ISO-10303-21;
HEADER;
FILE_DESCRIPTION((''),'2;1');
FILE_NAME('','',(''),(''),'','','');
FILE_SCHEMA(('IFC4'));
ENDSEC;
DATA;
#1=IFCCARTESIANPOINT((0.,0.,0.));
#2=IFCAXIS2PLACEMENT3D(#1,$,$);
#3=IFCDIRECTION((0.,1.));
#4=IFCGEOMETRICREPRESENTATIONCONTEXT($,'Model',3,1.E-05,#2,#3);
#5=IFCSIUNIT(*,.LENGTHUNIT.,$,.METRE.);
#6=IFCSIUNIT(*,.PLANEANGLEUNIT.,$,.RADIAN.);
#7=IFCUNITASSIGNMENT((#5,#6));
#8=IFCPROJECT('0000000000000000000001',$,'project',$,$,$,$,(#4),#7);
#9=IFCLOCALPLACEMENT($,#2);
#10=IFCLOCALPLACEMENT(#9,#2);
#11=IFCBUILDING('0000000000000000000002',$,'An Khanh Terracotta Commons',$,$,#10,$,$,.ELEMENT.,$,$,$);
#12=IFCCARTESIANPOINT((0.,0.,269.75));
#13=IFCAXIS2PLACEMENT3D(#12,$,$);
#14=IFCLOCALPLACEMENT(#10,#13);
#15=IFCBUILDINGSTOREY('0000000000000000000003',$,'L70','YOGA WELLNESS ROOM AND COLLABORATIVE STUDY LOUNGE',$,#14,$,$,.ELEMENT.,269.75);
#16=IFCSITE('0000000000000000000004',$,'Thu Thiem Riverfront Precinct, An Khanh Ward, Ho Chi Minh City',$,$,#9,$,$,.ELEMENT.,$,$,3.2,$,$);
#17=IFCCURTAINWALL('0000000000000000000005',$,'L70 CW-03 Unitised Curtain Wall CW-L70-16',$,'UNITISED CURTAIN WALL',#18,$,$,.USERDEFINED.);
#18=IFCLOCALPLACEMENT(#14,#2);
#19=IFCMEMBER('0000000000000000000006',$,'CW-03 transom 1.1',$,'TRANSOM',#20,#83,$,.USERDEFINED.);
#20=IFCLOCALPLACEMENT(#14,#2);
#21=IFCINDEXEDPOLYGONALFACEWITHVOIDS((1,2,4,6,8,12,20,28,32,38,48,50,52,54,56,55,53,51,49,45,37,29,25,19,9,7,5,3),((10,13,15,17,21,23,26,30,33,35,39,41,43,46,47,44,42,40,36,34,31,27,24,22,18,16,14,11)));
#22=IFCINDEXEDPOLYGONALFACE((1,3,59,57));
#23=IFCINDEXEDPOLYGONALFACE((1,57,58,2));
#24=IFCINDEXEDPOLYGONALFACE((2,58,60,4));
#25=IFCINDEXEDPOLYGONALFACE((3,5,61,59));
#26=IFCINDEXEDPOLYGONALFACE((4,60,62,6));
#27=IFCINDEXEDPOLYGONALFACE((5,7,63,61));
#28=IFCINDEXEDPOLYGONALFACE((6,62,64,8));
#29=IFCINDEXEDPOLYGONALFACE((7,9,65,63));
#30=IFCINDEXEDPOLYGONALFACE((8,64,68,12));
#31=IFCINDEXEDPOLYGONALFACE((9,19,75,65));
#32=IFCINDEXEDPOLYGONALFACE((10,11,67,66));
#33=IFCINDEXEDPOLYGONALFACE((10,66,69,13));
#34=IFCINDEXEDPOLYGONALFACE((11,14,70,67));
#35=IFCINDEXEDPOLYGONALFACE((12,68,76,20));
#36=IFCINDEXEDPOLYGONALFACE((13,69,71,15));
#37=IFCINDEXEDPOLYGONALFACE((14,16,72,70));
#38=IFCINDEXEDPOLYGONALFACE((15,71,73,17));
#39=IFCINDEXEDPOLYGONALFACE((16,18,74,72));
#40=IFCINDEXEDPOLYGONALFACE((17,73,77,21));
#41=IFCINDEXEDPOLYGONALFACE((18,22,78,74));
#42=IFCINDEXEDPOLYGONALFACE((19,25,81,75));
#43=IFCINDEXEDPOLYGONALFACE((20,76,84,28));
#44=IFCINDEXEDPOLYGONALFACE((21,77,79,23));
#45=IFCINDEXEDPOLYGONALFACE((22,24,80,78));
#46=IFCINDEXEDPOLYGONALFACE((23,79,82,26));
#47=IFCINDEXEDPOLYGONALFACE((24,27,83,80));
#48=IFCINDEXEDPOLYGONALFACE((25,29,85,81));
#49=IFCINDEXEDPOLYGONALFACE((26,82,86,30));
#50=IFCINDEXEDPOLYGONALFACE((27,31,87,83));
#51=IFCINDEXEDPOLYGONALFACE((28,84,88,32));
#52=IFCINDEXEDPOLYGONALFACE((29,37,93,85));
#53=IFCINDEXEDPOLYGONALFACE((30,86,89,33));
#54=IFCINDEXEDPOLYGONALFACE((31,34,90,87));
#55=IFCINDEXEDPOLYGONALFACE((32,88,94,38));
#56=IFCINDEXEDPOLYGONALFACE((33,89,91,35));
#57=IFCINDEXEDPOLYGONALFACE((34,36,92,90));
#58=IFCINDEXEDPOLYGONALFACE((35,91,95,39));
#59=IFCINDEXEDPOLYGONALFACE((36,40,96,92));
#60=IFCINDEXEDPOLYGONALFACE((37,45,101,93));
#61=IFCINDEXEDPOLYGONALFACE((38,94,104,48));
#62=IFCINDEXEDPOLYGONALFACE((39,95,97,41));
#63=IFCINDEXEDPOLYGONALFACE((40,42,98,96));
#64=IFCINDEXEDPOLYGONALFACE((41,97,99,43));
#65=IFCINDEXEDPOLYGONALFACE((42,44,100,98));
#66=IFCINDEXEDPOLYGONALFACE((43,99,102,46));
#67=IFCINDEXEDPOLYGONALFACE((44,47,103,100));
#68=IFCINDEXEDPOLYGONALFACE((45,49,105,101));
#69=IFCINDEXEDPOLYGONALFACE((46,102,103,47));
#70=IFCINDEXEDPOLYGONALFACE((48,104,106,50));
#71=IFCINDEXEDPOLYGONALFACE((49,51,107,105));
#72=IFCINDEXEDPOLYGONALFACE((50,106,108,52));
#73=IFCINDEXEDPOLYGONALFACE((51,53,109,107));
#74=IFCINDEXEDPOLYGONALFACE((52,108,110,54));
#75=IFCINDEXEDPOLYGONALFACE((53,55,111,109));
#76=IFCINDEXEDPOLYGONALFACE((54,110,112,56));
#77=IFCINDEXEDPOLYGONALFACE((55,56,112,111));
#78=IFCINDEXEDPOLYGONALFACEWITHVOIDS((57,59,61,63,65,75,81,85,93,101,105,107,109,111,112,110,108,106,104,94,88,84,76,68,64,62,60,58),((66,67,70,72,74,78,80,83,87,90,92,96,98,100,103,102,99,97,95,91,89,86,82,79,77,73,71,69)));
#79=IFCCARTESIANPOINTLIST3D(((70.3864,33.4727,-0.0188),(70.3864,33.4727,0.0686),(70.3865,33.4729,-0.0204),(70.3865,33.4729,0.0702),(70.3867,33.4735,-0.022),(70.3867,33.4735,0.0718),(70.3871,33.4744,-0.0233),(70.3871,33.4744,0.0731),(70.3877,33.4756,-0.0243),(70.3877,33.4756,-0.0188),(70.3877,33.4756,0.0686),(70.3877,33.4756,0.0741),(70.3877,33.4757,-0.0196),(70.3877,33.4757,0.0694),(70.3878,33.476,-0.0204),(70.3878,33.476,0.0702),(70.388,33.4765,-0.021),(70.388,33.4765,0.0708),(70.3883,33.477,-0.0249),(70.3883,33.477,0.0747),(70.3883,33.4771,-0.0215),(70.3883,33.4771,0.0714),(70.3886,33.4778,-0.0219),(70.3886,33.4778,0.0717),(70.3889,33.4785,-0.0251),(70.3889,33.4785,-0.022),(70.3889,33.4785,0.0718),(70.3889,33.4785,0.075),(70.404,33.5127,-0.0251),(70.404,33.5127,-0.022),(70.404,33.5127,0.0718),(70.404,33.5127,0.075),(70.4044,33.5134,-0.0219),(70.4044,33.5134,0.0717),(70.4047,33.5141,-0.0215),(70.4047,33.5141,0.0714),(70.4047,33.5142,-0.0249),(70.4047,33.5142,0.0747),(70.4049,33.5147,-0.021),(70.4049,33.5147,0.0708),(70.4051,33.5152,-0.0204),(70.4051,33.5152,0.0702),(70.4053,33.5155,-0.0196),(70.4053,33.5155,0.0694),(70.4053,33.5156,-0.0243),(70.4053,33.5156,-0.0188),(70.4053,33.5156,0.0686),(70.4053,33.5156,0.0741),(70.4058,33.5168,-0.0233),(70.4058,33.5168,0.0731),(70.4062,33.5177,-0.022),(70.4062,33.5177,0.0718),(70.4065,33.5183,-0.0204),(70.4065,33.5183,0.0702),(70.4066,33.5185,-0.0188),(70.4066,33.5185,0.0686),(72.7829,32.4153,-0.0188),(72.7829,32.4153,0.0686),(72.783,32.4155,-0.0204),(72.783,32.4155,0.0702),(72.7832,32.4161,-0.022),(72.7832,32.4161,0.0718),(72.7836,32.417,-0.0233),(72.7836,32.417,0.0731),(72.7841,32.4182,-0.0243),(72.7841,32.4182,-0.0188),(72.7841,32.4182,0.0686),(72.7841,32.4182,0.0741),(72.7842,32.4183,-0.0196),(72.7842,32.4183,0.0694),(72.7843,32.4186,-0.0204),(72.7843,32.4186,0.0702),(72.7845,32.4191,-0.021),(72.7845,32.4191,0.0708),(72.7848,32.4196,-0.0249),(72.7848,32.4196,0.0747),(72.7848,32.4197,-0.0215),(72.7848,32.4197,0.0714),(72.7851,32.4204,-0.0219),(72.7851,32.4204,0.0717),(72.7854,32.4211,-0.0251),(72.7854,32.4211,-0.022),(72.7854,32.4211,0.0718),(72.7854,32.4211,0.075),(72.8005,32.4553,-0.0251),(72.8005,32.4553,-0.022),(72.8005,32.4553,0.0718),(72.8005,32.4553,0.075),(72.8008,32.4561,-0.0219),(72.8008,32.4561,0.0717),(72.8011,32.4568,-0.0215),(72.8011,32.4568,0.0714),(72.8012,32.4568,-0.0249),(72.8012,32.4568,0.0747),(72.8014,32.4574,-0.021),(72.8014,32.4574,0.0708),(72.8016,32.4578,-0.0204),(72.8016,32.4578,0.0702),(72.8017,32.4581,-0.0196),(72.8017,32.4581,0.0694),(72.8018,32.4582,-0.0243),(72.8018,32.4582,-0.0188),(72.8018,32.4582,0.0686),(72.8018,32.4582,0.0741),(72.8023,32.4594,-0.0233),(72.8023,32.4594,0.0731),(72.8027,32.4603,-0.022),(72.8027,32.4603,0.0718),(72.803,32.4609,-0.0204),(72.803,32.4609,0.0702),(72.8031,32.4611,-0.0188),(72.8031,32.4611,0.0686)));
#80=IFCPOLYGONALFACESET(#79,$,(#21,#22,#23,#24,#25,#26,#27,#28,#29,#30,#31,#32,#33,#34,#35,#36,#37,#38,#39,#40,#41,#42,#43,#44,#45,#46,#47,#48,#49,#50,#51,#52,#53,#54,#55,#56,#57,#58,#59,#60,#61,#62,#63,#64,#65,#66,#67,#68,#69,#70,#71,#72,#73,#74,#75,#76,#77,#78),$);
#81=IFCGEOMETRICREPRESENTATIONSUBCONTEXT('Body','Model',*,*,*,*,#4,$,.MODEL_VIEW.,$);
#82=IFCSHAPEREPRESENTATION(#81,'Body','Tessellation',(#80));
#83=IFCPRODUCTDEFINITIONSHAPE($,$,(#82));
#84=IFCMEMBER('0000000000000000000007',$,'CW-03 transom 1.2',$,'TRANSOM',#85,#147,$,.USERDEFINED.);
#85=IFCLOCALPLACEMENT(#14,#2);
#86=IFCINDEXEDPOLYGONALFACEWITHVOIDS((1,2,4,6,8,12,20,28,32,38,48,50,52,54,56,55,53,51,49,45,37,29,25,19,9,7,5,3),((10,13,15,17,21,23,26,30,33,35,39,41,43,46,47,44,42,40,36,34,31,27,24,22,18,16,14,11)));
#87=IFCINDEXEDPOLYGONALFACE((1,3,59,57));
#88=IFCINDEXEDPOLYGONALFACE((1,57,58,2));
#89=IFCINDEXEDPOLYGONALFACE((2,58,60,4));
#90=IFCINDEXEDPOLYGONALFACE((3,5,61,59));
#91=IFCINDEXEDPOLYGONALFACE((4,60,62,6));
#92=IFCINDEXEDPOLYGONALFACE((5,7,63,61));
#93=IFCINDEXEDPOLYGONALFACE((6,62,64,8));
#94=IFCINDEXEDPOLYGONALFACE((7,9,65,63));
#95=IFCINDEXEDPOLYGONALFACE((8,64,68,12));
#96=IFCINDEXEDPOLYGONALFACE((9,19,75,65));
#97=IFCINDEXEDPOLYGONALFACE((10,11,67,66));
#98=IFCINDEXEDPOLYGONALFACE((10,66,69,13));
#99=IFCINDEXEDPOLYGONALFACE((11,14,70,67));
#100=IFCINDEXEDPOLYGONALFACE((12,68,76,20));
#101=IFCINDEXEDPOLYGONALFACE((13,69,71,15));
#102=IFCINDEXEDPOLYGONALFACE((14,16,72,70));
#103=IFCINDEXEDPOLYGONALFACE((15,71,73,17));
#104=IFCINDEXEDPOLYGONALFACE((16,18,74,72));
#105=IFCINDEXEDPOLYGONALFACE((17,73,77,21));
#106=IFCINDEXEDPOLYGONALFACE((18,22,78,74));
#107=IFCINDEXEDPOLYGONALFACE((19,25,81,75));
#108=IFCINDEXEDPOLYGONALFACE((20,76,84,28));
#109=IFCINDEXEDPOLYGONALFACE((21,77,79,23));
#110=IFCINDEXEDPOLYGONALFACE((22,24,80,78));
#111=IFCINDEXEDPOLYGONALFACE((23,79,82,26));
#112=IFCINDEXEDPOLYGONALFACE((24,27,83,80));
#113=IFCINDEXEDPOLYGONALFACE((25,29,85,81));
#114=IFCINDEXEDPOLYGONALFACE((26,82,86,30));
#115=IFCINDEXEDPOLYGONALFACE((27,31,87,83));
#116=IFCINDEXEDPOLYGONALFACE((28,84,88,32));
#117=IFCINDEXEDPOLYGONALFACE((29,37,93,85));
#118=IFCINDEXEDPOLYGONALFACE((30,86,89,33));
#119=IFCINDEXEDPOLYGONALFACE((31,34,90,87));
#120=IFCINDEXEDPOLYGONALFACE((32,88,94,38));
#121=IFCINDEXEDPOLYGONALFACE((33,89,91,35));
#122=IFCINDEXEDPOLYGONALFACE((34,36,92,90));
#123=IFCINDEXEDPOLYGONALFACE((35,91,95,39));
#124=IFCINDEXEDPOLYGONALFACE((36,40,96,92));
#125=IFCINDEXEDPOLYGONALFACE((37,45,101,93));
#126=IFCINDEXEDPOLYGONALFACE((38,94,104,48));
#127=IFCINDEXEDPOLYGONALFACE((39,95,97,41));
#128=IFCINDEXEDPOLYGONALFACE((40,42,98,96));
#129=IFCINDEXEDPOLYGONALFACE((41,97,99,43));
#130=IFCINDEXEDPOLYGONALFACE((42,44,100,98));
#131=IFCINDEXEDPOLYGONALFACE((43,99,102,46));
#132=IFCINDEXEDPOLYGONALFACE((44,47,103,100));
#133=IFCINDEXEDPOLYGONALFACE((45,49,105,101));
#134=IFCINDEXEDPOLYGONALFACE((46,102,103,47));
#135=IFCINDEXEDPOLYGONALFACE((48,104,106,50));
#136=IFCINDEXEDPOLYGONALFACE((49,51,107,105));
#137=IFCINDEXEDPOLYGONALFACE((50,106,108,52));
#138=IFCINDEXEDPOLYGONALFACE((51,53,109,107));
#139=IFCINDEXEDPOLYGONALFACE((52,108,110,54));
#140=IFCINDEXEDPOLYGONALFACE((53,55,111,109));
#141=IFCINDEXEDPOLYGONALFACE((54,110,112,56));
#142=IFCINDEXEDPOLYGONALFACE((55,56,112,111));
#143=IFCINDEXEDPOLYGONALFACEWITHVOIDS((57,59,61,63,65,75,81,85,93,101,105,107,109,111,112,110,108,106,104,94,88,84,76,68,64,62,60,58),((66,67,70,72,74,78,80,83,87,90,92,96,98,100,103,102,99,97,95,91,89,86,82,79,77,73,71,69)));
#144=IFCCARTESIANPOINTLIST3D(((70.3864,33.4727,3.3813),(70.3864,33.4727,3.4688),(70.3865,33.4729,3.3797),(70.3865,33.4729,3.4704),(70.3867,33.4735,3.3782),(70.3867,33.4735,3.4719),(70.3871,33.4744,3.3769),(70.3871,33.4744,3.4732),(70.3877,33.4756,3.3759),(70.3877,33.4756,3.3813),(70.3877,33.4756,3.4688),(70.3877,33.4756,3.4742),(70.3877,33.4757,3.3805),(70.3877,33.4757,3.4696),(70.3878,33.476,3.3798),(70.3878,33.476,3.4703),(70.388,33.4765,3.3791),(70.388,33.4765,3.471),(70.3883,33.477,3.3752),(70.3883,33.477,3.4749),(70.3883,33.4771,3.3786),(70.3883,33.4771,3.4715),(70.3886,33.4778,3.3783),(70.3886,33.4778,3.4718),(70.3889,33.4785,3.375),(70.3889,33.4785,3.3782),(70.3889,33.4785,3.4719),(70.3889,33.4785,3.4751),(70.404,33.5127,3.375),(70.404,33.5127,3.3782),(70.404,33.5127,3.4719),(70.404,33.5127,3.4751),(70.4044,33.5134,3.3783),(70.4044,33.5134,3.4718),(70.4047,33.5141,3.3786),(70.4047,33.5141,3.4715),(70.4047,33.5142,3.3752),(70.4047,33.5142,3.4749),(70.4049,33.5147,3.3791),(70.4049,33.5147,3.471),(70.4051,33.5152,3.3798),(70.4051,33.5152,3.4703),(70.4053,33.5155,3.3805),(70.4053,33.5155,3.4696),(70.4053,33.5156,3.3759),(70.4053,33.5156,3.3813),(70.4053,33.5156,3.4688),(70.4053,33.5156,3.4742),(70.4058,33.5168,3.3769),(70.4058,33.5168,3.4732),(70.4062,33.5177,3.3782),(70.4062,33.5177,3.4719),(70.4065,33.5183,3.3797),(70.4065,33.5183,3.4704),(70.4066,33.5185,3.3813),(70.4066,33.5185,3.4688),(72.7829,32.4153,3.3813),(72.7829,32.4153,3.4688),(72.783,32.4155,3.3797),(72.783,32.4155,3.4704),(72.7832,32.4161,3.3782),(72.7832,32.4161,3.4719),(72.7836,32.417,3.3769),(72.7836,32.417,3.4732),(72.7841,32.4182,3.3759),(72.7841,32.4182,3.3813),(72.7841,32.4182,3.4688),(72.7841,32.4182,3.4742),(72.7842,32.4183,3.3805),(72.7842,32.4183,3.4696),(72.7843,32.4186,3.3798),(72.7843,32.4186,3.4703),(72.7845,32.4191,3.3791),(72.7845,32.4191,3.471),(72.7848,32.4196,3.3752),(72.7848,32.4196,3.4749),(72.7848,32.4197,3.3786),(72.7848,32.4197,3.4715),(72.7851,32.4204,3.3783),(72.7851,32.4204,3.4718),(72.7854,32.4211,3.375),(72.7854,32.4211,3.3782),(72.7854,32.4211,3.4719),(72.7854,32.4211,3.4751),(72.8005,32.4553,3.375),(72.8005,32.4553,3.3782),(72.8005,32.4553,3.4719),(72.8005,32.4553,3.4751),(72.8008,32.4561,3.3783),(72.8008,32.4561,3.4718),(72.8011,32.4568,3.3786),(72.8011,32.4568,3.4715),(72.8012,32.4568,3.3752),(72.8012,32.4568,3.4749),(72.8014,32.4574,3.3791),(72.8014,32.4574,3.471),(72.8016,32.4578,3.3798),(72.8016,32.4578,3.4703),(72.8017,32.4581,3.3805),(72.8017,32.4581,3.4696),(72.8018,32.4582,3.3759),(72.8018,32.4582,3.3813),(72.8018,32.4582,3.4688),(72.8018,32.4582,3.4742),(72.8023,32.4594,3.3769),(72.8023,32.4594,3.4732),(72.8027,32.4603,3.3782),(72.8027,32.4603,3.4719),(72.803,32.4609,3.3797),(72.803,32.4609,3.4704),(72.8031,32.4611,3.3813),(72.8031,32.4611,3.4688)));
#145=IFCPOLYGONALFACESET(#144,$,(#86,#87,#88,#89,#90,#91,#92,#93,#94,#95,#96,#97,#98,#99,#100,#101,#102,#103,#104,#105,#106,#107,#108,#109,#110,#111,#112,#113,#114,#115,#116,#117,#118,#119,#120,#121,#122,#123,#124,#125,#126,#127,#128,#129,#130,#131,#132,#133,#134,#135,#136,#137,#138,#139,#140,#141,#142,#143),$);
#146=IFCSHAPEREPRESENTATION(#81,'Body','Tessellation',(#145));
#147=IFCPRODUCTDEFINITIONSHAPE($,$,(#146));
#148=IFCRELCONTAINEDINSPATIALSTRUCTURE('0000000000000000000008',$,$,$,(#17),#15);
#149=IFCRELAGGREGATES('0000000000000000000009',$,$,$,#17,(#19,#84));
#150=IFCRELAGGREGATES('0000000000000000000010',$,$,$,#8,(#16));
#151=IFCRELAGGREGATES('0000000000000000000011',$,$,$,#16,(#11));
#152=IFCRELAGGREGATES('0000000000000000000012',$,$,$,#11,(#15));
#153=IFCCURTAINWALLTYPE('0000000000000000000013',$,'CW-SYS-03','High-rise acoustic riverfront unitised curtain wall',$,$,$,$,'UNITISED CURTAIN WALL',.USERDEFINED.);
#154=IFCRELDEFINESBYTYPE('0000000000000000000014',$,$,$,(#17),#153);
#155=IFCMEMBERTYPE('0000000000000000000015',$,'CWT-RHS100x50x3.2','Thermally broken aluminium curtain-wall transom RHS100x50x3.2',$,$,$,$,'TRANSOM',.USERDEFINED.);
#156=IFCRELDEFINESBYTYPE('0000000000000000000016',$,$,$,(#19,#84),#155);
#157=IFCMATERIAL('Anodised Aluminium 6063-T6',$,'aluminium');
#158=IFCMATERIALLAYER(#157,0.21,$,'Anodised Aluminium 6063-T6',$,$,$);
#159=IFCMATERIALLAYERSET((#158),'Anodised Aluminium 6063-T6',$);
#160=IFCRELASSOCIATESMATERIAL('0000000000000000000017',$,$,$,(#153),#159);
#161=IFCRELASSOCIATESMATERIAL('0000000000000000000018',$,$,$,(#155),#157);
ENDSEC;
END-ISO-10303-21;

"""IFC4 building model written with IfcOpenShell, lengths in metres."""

from ifc_helpers import new_model, si_unit, direction, frame, origin, origin_2d, place, context, subcontext, project, spatial, hollow_rectangle, extrude, material, layer, layer_set, material_profile, profile_set, type_object, element, aggregate, save


model = new_model("IFC4")

# Units and contexts
model_context = context("Model", 3, precision=1e-05, world=origin(), true_north=direction((0.0, 1.0)))
body_context = subcontext(model_context, "Body", "Model", "MODEL_VIEW")
ifc_project = project(units=[si_unit("LENGTHUNIT", "METRE"), si_unit("PLANEANGLEUNIT", "RADIAN")], contexts=[model_context])

# Site, building, storey
site_placement = place(None, origin())
site = spatial("IfcSite", under=ifc_project, at=site_placement, Name="Thu Thiem Riverfront Precinct, An Khanh Ward, Ho Chi Minh City", CompositionType="ELEMENT", RefElevation=3.2)
building_placement = place(site_placement, origin())
building = spatial("IfcBuilding", under=site, at=building_placement, Name="An Khanh Terracotta Commons", CompositionType="ELEMENT")
storey_placement = place(building_placement, frame((0.0, 0.0, 269.75)))
storey = spatial("IfcBuildingStorey", under=building, at=storey_placement, Name="L70", Description="YOGA WELLNESS ROOM AND COLLABORATIVE STUDY LOUNGE", CompositionType="ELEMENT", Elevation=269.75)

# Curtain wall
ifc_material_1 = material(Name="Anodised Aluminium 6063-T6", Category="aluminium")
ifc_layer_1 = layer(ifc_material_1, 0.21, Name="Anodised Aluminium 6063-T6")
ifc_layer_set_1 = layer_set([ifc_layer_1], Name="Anodised Aluminium 6063-T6")
curtain_wall_type = type_object("IfcCurtainWallType", Name="CW-SYS-03", Description="High-rise acoustic riverfront unitised curtain wall", ElementType="UNITISED CURTAIN WALL", PredefinedType="USERDEFINED", material=ifc_layer_set_1)
curtain_wall_1_placement = place(storey_placement, origin())
curtain_wall_1 = element("IfcCurtainWall", 1, at=curtain_wall_1_placement, inside=storey, type_object=curtain_wall_type, Name="L70 CW-03 Unitised Curtain Wall CW-L70-16", ObjectType="UNITISED CURTAIN WALL", PredefinedType="USERDEFINED")

# Members
ifc_material_profile_1 = material_profile(ifc_material_1, hollow_rectangle(XDim=0.05, YDim=0.1001, WallThickness=0.0032, InnerFilletRadius=0.0032, OuterFilletRadius=0.0063, at=origin_2d()), Name="RHS100x50x3.2")
ifc_profile_set_1 = profile_set([ifc_material_profile_1], Name="Anodised Aluminium 6063-T6")
member_type_1 = type_object("IfcMemberType", Name="CWT-RHS100x50x3.2", Description="Thermally broken aluminium curtain-wall transom RHS100x50x3.2", ElementType="TRANSOM", PredefinedType="USERDEFINED", material=ifc_profile_set_1)
member_1_placement = place(storey_placement, frame((72.793, 32.4382, 0.0249), z_axis=(-0.914904, 0.403672, 0.0), x_axis=(-0.403672, -0.914904, 0.0)))
member_1 = element("IfcMember", 2, at=member_1_placement, type_object=member_type_1, Name="CW-03 transom 1.1", ObjectType="TRANSOM", PredefinedType="USERDEFINED", context=body_context, shape_type="SweptSolid", body=[
    extrude(hollow_rectangle(XDim=0.05, YDim=0.1001, WallThickness=0.0032, InnerFilletRadius=0.0032, OuterFilletRadius=0.0063, at=origin_2d()), origin(), (0.0, 0.0, 1.0), 2.6194),
])
member_2_placement = place(storey_placement, frame((72.793, 32.4382, 3.425), z_axis=(-0.914904, 0.403672, 0.0), x_axis=(-0.403672, -0.914904, 0.0)))
member_2 = element("IfcMember", 3, at=member_2_placement, type_object=member_type_1, Name="CW-03 transom 1.2", ObjectType="TRANSOM", PredefinedType="USERDEFINED", context=body_context, shape_type="SweptSolid", body=[
    extrude(hollow_rectangle(XDim=0.05, YDim=0.1001, WallThickness=0.0032, InnerFilletRadius=0.0032, OuterFilletRadius=0.0063, at=origin_2d()), origin(), (0.0, 0.0, 1.0), 2.6194),
])

aggregate(curtain_wall_1, [member_1, member_2])

save(model, "model.ifc")
